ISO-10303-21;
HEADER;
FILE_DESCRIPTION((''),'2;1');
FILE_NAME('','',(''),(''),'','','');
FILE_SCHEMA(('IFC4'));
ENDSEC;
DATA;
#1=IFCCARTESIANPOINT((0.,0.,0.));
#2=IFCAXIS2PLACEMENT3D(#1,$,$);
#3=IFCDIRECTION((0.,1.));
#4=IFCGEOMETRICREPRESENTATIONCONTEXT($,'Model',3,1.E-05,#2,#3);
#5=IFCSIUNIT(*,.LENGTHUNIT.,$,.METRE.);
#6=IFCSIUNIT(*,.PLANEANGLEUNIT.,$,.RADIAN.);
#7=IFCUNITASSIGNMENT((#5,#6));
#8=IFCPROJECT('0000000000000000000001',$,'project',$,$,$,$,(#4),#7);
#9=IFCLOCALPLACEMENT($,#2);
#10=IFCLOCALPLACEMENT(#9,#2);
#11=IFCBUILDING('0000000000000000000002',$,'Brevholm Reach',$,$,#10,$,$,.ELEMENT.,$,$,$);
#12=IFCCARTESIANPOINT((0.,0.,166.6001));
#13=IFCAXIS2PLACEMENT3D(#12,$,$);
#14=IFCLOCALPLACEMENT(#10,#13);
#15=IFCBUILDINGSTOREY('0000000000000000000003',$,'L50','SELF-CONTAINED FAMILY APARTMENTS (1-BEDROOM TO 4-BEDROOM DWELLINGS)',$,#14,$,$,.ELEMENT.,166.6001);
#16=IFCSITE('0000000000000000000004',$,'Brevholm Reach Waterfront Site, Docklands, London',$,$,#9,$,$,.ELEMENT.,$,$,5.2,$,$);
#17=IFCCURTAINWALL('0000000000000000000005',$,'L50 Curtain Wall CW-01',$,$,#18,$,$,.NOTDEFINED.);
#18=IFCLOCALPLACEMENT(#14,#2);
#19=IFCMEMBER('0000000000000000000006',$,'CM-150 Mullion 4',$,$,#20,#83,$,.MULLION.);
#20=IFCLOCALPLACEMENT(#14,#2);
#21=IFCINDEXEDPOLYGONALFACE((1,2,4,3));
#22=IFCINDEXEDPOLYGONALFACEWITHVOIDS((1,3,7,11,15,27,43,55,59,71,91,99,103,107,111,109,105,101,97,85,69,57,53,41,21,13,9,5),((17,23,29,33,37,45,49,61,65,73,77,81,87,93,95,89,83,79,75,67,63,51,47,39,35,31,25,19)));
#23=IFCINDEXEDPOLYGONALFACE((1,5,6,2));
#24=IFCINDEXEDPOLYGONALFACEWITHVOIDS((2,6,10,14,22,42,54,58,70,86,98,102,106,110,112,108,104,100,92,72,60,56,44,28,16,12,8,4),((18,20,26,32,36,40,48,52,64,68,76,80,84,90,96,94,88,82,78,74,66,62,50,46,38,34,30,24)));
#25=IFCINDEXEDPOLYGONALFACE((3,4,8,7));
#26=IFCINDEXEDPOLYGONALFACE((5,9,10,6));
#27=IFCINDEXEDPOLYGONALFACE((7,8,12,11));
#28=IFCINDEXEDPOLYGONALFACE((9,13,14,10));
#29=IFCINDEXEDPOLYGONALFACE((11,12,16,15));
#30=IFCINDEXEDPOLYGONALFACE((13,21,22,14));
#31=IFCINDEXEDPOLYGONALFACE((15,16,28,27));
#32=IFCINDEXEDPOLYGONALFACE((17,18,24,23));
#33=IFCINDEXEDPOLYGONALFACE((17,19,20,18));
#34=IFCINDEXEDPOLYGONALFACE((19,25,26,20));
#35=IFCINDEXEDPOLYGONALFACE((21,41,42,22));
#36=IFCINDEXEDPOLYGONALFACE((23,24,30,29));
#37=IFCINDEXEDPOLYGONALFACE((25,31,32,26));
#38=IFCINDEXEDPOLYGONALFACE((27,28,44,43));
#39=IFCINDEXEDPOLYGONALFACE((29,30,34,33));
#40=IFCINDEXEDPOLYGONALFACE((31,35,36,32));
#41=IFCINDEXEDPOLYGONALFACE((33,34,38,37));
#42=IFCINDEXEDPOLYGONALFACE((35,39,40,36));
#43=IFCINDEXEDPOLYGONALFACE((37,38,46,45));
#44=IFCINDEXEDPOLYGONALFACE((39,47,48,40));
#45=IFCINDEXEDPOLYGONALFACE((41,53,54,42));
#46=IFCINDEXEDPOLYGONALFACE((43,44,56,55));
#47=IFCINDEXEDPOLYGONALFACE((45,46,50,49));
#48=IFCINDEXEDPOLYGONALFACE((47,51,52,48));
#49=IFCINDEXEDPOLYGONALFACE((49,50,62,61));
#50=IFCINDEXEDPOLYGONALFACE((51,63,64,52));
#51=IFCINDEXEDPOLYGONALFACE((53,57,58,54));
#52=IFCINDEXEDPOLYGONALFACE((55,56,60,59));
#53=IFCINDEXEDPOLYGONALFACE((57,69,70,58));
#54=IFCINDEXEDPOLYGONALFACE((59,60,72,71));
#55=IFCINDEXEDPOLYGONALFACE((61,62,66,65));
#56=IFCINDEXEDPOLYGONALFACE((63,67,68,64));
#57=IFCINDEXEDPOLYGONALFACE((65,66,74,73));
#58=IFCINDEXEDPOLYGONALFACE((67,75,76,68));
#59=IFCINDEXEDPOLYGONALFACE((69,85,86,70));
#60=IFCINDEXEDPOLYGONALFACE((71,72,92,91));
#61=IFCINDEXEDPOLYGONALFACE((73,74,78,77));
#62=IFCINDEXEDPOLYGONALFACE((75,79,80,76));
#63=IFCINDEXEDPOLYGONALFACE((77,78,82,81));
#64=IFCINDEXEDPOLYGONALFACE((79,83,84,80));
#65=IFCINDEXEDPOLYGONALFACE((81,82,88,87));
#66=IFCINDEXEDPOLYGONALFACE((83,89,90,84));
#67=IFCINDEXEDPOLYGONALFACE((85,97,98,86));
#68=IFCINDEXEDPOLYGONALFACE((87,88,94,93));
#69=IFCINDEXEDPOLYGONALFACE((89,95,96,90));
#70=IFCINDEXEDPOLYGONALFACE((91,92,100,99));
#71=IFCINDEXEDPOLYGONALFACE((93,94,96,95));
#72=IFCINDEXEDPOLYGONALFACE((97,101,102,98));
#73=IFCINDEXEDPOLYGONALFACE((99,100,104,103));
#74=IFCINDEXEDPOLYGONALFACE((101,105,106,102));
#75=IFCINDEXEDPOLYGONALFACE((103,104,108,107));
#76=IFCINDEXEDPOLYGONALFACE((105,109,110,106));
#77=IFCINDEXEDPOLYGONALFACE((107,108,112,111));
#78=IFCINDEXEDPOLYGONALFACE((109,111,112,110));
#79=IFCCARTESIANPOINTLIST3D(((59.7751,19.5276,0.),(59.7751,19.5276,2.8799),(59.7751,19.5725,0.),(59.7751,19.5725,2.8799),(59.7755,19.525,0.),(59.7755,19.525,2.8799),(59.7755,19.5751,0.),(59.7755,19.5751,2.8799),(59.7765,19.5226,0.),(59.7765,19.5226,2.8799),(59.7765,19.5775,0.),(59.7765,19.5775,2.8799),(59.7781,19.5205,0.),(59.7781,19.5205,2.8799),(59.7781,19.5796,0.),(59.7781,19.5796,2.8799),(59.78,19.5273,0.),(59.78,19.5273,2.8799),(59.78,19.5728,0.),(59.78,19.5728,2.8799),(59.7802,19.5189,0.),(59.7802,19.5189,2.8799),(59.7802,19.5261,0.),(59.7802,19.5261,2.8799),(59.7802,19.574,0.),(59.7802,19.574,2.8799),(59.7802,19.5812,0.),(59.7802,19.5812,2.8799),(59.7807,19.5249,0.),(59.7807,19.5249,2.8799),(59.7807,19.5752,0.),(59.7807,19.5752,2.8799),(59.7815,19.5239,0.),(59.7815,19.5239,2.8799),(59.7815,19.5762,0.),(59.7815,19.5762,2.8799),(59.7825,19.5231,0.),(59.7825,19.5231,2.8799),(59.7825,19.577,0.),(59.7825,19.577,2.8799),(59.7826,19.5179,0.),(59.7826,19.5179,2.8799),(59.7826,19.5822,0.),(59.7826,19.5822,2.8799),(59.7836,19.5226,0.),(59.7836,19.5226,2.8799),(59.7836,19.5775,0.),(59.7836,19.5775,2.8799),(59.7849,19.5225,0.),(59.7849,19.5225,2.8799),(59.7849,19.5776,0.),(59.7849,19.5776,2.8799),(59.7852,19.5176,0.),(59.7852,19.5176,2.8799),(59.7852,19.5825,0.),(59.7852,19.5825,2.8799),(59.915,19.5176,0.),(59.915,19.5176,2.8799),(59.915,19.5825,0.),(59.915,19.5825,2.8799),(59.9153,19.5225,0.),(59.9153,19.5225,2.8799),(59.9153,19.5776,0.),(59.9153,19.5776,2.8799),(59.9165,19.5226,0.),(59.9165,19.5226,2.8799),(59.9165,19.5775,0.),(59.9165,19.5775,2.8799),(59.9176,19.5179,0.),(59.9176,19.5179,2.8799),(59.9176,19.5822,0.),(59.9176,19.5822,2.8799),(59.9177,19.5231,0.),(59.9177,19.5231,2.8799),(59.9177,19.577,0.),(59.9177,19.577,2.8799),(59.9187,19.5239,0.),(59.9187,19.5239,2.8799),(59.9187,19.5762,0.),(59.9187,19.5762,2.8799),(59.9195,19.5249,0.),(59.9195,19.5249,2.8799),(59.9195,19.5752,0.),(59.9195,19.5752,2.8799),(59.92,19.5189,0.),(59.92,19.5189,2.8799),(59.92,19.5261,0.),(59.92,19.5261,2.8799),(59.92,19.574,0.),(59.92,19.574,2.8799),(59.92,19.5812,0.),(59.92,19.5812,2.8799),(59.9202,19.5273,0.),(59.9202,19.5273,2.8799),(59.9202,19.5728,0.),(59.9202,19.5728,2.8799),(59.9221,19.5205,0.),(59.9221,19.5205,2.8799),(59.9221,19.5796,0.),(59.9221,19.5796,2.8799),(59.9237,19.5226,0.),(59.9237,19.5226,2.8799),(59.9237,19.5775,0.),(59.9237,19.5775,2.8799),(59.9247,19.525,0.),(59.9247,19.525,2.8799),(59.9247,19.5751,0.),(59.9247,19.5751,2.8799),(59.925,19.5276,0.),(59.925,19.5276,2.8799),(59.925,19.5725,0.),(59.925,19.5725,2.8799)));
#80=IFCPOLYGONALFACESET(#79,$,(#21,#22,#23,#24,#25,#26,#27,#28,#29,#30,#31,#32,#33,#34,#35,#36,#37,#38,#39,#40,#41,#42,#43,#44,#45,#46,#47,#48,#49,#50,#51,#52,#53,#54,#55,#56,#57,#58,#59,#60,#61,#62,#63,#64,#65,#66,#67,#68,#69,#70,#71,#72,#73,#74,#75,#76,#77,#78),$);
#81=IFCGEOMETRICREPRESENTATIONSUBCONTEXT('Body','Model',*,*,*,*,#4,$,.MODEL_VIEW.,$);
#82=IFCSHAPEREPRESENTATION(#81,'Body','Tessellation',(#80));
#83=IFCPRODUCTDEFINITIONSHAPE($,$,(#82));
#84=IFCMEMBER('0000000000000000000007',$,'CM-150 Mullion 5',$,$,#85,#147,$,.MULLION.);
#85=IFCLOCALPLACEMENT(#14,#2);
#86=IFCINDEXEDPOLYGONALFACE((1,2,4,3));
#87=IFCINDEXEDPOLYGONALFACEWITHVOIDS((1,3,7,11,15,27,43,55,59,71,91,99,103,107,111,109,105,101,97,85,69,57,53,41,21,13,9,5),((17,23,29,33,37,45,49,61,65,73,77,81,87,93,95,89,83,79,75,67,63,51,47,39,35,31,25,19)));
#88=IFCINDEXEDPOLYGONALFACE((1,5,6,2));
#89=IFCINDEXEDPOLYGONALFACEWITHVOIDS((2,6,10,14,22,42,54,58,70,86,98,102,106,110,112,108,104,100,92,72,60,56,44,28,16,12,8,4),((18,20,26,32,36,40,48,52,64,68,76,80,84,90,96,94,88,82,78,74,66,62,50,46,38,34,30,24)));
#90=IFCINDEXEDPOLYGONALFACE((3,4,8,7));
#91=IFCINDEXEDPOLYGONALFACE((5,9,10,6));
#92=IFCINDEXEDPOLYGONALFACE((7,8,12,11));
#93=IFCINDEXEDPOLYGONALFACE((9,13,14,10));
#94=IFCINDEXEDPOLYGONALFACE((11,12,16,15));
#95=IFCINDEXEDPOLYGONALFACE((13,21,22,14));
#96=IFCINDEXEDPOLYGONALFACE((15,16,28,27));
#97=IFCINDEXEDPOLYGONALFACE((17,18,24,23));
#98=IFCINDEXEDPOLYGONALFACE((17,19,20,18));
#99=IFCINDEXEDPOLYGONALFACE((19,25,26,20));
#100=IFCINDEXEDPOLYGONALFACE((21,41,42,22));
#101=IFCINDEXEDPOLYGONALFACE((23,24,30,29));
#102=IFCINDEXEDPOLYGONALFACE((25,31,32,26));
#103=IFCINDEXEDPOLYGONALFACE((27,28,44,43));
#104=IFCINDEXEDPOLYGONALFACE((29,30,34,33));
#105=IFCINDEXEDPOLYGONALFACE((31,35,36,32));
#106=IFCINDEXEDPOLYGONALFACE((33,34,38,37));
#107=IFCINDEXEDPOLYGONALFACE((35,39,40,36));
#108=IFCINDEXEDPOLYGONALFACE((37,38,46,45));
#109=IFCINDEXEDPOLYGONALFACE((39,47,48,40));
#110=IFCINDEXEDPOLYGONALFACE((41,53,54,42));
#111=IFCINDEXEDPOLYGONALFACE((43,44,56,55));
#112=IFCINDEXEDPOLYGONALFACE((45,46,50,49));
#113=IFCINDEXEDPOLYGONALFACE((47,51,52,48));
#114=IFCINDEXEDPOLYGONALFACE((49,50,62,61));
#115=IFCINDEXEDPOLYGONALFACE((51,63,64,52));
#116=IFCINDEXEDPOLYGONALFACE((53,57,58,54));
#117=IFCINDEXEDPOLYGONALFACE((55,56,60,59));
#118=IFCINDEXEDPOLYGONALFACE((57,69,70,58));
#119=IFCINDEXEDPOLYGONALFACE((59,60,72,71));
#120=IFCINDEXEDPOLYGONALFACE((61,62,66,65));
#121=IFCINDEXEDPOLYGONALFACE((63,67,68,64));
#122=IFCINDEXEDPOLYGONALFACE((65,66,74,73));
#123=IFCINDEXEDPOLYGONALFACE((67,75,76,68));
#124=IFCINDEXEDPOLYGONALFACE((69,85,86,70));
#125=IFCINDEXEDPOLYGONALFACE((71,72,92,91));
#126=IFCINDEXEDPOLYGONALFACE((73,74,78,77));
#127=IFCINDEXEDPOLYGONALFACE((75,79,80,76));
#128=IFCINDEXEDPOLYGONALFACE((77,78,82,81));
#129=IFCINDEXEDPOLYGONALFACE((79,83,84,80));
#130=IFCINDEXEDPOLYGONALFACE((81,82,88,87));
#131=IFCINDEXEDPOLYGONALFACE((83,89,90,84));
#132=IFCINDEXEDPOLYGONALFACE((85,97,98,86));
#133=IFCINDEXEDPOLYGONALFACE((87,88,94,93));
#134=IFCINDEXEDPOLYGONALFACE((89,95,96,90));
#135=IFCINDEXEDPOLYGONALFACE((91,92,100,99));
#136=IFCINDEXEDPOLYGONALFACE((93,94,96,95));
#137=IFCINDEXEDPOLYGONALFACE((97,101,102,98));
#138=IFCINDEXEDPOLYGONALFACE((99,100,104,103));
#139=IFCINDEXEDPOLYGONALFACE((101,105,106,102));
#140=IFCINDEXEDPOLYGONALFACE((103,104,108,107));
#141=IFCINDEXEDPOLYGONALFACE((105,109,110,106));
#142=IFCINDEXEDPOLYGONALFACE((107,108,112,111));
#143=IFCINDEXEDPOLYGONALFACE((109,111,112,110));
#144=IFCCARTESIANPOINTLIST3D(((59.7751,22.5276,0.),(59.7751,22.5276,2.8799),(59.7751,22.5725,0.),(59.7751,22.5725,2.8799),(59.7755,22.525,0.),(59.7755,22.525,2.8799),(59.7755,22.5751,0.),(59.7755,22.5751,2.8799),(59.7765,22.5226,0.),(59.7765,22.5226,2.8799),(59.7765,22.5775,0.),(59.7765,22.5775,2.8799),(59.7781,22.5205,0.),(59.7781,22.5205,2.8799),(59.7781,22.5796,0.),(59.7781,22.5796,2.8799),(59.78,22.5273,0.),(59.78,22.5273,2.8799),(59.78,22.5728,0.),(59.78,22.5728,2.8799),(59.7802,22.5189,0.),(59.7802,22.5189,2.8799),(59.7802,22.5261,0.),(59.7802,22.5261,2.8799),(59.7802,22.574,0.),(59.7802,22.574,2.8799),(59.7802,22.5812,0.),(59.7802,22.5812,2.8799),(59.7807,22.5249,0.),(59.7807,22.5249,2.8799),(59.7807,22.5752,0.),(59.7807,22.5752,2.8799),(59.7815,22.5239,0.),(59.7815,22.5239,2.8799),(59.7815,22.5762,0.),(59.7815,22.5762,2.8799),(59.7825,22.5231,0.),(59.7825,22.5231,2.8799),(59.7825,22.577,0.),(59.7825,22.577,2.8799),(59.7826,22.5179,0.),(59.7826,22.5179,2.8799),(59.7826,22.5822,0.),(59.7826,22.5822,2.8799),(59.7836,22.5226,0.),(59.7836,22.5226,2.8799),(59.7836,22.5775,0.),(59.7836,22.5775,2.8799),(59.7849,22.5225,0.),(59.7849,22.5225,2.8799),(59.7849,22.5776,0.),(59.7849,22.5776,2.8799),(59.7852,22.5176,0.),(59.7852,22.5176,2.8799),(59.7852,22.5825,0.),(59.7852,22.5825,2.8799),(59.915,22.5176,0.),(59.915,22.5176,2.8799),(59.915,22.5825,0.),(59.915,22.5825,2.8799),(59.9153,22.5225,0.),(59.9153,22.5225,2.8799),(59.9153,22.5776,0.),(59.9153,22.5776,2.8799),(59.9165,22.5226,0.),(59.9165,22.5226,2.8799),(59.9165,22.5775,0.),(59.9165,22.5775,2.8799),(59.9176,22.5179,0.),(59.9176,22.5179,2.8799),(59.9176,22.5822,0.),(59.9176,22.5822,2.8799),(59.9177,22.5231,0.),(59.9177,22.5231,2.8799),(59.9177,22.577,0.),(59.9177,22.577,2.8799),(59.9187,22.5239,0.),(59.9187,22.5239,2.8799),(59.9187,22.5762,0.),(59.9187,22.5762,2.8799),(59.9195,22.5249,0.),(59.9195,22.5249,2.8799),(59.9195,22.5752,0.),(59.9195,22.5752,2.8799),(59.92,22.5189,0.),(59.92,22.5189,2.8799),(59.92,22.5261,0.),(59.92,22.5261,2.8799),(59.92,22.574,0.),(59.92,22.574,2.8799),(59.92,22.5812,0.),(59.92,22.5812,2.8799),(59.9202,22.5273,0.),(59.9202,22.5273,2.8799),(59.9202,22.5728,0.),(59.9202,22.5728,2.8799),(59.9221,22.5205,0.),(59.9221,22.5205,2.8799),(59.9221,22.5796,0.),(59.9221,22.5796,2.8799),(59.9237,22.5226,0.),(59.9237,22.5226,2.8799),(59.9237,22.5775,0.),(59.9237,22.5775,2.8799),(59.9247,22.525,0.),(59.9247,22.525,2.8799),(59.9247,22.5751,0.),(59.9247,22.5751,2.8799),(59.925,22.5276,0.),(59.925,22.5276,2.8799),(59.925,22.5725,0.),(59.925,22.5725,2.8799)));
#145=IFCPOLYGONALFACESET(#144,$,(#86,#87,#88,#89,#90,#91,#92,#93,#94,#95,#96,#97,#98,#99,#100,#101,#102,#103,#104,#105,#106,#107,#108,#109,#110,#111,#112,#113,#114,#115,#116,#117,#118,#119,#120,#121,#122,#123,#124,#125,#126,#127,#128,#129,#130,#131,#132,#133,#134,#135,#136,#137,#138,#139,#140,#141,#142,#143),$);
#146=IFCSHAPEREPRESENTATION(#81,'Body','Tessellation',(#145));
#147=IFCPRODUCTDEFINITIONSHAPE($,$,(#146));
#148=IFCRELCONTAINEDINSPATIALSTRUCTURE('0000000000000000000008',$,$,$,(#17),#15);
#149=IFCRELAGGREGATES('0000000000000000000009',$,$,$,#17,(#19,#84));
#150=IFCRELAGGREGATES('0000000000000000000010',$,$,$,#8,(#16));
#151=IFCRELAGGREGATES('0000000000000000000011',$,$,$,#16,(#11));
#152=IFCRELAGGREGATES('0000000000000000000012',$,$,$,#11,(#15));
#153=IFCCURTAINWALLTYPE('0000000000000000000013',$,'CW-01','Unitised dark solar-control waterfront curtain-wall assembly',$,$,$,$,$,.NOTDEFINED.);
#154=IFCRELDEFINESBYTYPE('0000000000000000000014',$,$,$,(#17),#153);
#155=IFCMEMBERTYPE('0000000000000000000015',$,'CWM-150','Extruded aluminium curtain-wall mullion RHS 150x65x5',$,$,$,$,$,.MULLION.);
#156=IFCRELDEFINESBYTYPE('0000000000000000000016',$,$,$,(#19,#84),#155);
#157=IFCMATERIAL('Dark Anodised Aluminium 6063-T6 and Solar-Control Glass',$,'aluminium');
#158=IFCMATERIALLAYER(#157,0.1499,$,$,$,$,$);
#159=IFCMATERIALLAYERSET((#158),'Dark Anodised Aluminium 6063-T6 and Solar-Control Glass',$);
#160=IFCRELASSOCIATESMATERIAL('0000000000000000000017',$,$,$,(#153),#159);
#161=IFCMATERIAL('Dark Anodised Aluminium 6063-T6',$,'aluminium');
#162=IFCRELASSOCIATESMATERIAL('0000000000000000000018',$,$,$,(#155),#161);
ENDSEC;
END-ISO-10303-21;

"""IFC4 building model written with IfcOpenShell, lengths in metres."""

from ifc_helpers import new_model, si_unit, direction, frame, origin, origin_2d, place, context, subcontext, project, spatial, hollow_rectangle, extrude, material, layer, layer_set, material_profile, profile_set, type_object, element, aggregate, save


model = new_model("IFC4")

# Units and contexts
model_context = context("Model", 3, precision=1e-05, world=origin(), true_north=direction((0.0, 1.0)))
body_context = subcontext(model_context, "Body", "Model", "MODEL_VIEW")
ifc_project = project(units=[si_unit("LENGTHUNIT", "METRE"), si_unit("PLANEANGLEUNIT", "RADIAN")], contexts=[model_context])

# Site, building, storey
site_placement = place(None, origin())
site = spatial("IfcSite", under=ifc_project, at=site_placement, Name="Brevholm Reach Waterfront Site, Docklands, London", CompositionType="ELEMENT", RefElevation=5.2)
building_placement = place(site_placement, origin())
building = spatial("IfcBuilding", under=site, at=building_placement, Name="Brevholm Reach", CompositionType="ELEMENT")
storey_placement = place(building_placement, frame((0.0, 0.0, 166.6001)))
storey = spatial("IfcBuildingStorey", under=building, at=storey_placement, Name="L50", Description="SELF-CONTAINED FAMILY APARTMENTS (1-BEDROOM TO 4-BEDROOM DWELLINGS)", CompositionType="ELEMENT", Elevation=166.6001)

# Curtain wall, members
ifc_material_1 = material(Name="Dark Anodised Aluminium 6063-T6 and Solar-Control Glass", Category="aluminium")
ifc_layer_1 = layer(ifc_material_1, 0.1499)
ifc_layer_set_1 = layer_set([ifc_layer_1], Name="Dark Anodised Aluminium 6063-T6 and Solar-Control Glass")
curtain_wall_type = type_object("IfcCurtainWallType", Name="CW-01", Description="Unitised dark solar-control waterfront curtain-wall assembly", PredefinedType="NOTDEFINED", material=ifc_layer_set_1)
curtain_wall_placement = place(storey_placement, origin())
curtain_wall = element("IfcCurtainWall", 1, at=curtain_wall_placement, inside=storey, type_object=curtain_wall_type, Name="L50 Curtain Wall CW-01", PredefinedType="NOTDEFINED")
ifc_material_2 = material(Name="Dark Anodised Aluminium 6063-T6", Category="aluminium")
ifc_material_profile_1 = material_profile(ifc_material_2, hollow_rectangle(XDim=0.0649, YDim=0.1499, WallThickness=0.0049, InnerFilletRadius=0.0049, OuterFilletRadius=0.01, at=origin_2d()), Name="RHS 150x65x5")
ifc_profile_set_1 = profile_set([ifc_material_profile_1], Name="Dark Anodised Aluminium 6063-T6")
member_type_1 = type_object("IfcMemberType", Name="CWM-150", Description="Extruded aluminium curtain-wall mullion RHS 150x65x5", PredefinedType="MULLION", material=ifc_profile_set_1)
member_1_placement = place(storey_placement, frame((59.8501, 19.55, 0.0), z_axis=(0.0, 0.0, 1.0), x_axis=(0.0, 1.0, 0.0)))
member_1 = element("IfcMember", 2, at=member_1_placement, type_object=member_type_1, Name="CM-150 Mullion 4", PredefinedType="MULLION", context=body_context, shape_type="SweptSolid", body=[
    extrude(hollow_rectangle(XDim=0.0649, YDim=0.1499, WallThickness=0.0049, InnerFilletRadius=0.0049, OuterFilletRadius=0.01, at=origin_2d()), origin(), (0.0, 0.0, 1.0), 2.8799),
])
member_2_placement = place(storey_placement, frame((59.8501, 22.55, 0.0), z_axis=(0.0, 0.0, 1.0), x_axis=(0.0, 1.0, 0.0)))
member_2 = element("IfcMember", 3, at=member_2_placement, type_object=member_type_1, Name="CM-150 Mullion 5", PredefinedType="MULLION", context=body_context, shape_type="SweptSolid", body=[
    extrude(hollow_rectangle(XDim=0.0649, YDim=0.1499, WallThickness=0.0049, InnerFilletRadius=0.0049, OuterFilletRadius=0.01, at=origin_2d()), origin(), (0.0, 0.0, 1.0), 2.8799),
])
aggregate(curtain_wall, [member_1, member_2])

save(model, "model.ifc")
